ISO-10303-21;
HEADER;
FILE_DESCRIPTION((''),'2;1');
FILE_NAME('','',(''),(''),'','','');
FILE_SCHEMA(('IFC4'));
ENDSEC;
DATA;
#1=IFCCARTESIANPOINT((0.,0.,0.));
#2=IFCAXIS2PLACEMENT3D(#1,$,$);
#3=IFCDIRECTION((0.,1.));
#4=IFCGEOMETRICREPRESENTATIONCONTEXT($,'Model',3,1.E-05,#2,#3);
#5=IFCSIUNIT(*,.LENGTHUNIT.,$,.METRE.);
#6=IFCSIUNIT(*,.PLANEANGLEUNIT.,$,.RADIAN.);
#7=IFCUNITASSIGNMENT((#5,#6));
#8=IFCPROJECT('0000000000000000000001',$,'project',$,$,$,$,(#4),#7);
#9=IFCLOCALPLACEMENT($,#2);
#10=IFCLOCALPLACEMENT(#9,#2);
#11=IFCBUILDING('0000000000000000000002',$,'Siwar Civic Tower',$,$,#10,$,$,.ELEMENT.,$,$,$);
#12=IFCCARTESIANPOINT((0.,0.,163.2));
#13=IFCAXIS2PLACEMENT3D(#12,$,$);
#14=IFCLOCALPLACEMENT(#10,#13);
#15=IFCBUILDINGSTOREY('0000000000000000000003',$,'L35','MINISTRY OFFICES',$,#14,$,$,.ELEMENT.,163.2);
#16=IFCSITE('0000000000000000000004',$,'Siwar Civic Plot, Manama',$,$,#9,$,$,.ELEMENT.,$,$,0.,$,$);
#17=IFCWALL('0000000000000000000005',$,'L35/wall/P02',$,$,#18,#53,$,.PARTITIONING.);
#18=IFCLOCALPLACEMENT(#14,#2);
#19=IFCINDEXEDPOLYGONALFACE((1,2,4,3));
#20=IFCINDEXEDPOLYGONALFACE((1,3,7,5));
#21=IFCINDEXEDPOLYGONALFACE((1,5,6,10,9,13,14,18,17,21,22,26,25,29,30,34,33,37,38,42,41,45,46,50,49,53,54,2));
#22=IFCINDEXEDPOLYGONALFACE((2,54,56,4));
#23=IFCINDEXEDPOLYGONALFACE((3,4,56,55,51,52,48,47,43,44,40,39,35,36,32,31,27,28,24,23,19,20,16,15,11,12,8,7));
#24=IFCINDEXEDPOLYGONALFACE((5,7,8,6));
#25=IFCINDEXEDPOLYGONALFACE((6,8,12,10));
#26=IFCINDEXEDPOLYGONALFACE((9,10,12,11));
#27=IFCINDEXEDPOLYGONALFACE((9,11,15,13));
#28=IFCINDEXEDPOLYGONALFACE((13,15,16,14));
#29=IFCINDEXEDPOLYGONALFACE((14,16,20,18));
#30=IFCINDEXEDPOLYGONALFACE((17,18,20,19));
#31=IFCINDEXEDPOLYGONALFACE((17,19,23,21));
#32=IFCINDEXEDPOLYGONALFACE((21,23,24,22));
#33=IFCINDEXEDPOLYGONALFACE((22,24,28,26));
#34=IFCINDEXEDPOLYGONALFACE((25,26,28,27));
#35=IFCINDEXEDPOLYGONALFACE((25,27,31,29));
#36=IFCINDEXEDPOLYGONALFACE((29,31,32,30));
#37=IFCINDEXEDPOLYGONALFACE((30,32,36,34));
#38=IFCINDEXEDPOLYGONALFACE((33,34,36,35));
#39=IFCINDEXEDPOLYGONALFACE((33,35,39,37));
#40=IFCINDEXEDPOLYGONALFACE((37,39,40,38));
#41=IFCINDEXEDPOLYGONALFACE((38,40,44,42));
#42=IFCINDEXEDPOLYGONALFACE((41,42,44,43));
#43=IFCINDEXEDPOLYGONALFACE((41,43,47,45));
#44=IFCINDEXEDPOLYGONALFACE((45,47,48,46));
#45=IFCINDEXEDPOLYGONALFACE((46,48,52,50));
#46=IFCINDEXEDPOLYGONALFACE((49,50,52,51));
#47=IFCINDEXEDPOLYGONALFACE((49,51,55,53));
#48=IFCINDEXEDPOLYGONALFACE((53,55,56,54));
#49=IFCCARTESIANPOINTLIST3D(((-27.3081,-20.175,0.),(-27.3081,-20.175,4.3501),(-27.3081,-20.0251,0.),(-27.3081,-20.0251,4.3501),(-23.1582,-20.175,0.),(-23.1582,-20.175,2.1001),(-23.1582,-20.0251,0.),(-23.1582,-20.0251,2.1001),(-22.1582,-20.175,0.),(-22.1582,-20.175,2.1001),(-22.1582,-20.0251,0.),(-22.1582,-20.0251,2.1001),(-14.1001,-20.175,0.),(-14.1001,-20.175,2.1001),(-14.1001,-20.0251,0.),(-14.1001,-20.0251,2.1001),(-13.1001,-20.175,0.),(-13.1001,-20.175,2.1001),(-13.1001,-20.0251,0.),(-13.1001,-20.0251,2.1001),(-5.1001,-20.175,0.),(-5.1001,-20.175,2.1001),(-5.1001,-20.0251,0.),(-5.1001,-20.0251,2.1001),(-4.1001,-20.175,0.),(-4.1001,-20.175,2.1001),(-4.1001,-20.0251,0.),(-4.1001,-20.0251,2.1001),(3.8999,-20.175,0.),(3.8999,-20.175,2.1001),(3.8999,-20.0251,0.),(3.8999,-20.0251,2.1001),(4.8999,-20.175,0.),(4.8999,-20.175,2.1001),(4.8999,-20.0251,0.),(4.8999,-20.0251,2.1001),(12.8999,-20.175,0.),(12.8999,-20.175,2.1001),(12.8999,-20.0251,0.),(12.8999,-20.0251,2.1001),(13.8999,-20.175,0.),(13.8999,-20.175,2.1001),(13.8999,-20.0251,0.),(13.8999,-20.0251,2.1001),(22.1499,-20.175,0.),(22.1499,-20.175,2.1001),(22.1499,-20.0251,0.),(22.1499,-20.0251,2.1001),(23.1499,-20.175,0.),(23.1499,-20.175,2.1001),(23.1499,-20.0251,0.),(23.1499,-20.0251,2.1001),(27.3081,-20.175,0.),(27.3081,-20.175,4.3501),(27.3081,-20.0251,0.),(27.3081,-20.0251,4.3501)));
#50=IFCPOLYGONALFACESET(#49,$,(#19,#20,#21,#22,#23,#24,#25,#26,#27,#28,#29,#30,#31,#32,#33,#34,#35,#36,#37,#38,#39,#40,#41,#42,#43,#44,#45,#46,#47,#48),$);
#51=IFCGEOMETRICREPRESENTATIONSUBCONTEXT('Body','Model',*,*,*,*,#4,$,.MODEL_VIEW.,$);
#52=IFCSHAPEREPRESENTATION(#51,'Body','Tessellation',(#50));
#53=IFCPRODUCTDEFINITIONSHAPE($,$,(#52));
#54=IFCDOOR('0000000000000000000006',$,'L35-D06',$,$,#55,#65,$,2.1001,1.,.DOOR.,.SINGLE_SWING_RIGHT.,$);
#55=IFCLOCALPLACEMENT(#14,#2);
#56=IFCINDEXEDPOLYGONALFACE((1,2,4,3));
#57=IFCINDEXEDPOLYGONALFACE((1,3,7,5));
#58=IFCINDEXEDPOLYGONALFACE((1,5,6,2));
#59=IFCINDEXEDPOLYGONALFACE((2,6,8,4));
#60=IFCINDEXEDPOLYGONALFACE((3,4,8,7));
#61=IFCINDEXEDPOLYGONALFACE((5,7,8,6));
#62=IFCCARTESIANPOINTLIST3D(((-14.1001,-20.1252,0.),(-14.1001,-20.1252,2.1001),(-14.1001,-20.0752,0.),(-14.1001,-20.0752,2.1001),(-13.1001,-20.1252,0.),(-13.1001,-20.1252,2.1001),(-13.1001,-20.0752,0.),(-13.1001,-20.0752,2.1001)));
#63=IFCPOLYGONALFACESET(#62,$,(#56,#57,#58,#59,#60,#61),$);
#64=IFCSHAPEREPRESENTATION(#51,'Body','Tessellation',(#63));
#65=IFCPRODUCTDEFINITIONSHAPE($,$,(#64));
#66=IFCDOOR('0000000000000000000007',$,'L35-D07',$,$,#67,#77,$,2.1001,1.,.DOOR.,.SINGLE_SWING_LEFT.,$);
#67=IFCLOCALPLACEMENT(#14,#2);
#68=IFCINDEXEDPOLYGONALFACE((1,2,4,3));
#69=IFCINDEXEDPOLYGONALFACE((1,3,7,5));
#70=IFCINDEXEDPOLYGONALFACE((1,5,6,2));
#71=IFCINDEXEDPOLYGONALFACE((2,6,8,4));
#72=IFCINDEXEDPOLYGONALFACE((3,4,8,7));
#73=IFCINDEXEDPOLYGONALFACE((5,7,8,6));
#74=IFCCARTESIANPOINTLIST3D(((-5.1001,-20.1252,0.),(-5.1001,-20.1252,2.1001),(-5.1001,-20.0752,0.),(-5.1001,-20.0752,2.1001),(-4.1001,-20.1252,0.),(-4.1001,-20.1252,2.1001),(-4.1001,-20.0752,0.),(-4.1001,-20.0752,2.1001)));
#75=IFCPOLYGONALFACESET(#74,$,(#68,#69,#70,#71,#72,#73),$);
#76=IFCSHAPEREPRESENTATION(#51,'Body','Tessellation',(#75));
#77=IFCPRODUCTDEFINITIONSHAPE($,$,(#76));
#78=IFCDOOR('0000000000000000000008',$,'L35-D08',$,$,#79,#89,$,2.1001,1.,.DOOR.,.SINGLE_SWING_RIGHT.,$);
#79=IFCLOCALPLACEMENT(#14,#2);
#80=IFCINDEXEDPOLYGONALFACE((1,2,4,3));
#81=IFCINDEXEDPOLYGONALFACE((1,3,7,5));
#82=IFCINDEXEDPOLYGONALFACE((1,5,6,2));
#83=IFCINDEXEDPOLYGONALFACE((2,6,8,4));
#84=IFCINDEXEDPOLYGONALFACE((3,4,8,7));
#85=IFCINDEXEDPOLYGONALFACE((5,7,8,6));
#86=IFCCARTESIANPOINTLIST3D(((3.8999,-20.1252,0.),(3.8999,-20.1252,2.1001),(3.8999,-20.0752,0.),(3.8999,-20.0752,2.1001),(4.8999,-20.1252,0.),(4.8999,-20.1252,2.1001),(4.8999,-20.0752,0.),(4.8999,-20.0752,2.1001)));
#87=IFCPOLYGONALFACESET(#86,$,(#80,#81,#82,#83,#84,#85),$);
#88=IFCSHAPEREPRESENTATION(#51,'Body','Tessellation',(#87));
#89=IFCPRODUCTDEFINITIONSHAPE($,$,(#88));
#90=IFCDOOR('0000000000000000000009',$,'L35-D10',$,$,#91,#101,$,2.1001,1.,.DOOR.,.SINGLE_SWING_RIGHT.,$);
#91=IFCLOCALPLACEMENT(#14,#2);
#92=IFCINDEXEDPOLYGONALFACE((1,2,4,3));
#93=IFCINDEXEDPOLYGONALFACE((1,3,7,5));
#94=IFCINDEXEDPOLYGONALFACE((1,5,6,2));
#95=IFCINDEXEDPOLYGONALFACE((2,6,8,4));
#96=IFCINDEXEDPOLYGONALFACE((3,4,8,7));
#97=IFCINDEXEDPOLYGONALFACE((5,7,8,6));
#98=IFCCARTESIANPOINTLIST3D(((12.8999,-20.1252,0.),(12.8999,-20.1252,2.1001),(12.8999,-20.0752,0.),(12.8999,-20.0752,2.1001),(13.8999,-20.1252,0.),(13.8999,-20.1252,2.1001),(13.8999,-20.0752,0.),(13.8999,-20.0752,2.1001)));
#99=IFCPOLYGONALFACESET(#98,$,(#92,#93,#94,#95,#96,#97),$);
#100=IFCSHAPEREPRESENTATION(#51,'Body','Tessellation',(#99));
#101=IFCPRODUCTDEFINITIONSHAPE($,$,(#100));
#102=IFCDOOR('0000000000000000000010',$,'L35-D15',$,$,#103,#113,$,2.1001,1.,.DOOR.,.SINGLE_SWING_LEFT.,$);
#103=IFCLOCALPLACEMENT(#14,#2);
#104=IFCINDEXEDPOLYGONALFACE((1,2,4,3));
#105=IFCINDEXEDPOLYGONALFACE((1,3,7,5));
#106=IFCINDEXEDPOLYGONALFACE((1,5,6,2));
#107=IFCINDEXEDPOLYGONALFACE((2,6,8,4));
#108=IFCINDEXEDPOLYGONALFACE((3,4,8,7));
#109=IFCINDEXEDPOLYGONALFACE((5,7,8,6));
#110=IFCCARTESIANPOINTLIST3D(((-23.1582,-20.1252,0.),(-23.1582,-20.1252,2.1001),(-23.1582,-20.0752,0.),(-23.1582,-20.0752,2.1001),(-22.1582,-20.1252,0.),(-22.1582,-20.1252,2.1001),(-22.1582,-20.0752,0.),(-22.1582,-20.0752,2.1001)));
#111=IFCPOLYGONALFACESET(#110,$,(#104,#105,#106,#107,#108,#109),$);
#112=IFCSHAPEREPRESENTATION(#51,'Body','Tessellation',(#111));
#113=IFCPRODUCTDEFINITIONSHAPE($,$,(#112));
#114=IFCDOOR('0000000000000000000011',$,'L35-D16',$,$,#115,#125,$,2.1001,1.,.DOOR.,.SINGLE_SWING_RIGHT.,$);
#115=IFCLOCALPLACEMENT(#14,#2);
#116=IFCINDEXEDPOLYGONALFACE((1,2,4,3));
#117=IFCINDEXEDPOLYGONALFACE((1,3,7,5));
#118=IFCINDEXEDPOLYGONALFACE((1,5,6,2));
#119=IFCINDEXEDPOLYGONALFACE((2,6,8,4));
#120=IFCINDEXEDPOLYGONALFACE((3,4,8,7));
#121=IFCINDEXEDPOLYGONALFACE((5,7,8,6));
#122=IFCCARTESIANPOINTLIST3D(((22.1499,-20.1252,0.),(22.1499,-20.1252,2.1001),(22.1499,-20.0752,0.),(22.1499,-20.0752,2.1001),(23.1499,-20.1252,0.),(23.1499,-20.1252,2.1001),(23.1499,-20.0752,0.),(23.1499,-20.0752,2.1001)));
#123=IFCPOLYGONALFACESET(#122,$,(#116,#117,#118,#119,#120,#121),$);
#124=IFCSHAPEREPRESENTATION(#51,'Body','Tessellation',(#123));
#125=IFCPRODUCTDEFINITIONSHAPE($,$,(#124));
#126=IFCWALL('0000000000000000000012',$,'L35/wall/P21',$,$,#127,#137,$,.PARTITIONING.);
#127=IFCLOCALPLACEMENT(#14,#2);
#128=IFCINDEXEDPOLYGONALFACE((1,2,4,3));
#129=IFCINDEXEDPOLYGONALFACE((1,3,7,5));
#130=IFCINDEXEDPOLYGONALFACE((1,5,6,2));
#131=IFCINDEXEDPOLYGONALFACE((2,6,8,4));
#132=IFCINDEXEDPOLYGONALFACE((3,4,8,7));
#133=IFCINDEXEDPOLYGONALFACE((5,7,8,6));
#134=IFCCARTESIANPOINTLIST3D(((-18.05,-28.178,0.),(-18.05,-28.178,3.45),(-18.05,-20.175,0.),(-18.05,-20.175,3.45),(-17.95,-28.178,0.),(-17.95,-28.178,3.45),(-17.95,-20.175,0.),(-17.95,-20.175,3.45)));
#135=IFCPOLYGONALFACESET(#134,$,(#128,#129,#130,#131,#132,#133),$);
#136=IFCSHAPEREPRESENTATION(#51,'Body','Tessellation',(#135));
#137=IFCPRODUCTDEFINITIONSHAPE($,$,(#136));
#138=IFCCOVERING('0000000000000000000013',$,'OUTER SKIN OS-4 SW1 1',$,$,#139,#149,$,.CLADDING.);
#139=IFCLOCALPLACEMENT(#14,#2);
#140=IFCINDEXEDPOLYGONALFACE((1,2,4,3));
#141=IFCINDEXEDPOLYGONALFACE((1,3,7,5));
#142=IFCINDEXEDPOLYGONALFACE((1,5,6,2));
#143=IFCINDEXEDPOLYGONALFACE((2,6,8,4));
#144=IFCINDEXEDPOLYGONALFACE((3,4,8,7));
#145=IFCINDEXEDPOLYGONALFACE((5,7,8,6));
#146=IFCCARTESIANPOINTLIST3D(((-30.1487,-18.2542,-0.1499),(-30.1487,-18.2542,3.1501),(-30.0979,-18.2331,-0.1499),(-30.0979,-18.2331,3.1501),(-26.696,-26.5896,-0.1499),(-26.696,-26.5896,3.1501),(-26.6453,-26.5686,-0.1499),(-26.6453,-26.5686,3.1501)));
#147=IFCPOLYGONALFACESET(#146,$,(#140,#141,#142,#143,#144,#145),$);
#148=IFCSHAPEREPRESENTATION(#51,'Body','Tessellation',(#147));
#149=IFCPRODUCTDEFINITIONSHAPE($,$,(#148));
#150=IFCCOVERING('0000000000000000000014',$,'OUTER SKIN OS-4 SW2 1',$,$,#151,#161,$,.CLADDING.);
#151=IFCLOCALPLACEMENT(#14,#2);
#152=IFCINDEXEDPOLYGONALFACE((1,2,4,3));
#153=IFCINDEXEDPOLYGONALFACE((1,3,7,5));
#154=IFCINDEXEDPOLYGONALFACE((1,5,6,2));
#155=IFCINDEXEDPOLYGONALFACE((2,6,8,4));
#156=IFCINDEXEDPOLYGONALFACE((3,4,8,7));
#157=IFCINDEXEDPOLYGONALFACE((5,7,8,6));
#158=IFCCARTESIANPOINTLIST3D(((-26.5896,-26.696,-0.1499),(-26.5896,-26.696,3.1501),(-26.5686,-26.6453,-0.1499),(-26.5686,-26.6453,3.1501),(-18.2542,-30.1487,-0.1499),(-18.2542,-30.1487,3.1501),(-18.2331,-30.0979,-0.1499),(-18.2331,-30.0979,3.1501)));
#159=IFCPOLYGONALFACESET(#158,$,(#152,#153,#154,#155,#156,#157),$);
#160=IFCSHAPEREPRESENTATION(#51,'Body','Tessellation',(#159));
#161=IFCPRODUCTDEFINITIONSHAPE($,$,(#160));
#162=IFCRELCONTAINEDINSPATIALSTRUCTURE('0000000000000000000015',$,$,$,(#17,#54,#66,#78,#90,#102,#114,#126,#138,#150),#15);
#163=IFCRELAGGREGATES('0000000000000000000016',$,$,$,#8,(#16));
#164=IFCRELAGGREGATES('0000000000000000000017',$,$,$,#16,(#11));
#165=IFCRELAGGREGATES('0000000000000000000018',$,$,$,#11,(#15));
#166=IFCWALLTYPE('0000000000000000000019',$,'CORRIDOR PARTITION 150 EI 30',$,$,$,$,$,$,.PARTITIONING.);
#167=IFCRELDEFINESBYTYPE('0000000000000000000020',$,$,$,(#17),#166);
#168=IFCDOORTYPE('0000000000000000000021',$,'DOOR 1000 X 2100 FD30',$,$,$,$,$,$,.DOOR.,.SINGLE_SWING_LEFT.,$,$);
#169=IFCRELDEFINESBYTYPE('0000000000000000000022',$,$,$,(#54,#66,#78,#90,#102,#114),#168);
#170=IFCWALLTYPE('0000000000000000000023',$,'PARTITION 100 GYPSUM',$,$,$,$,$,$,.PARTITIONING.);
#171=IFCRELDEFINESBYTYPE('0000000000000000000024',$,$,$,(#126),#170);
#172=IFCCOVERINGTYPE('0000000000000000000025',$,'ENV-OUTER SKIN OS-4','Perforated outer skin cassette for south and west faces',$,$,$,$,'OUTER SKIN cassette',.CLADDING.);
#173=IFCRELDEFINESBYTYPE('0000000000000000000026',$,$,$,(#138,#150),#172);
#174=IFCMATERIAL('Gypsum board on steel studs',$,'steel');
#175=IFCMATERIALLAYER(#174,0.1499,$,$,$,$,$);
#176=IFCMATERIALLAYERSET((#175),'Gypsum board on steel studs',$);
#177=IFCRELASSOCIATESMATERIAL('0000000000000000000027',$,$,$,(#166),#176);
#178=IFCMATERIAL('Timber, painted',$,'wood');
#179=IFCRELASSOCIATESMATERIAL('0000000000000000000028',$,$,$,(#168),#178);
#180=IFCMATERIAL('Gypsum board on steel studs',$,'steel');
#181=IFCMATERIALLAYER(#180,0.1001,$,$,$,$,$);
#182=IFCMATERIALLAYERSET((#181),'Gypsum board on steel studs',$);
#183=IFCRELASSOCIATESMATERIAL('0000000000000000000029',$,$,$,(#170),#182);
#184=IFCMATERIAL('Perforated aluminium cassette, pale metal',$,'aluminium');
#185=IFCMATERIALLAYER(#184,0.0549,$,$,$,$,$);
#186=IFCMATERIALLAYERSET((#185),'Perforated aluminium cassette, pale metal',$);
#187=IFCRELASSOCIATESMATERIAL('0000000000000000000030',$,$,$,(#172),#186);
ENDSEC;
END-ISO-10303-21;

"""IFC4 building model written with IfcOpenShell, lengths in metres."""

from ifc_helpers import new_model, si_unit, direction, frame, frame_2d, origin, origin_2d, place, context, subcontext, project, spatial, rectangle, extrude, material, layer, layer_set, type_object, element, fill, save


model = new_model("IFC4")

# Units and contexts
model_context = context("Model", 3, precision=1e-05, world=origin(), true_north=direction((0.0, 1.0)))
body_context = subcontext(model_context, "Body", "Model", "MODEL_VIEW")
ifc_project = project(units=[si_unit("LENGTHUNIT", "METRE"), si_unit("PLANEANGLEUNIT", "RADIAN")], contexts=[model_context])

# Site, building, storey
site_placement = place(None, origin())
site = spatial("IfcSite", under=ifc_project, at=site_placement, Name="Siwar Civic Plot, Manama", CompositionType="ELEMENT", RefElevation=0.0)
building_placement = place(site_placement, origin())
building = spatial("IfcBuilding", under=site, at=building_placement, Name="Siwar Civic Tower", CompositionType="ELEMENT")
storey_placement = place(building_placement, frame((0.0, 0.0, 163.2)))
storey = spatial("IfcBuildingStorey", under=building, at=storey_placement, Name="L35", Description="MINISTRY OFFICES", CompositionType="ELEMENT", Elevation=163.2)

# Wall, openings, doors
ifc_material_1 = material(Name="Gypsum board on steel studs", Category="steel")
ifc_layer_1 = layer(ifc_material_1, 0.1499)
ifc_layer_set_1 = layer_set([ifc_layer_1], Name="Gypsum board on steel studs")
wall_type_1 = type_object("IfcWallType", Name="CORRIDOR PARTITION 150 EI 30", PredefinedType="PARTITIONING", material=ifc_layer_set_1)
wall_1_placement = place(storey_placement, frame((-27.3081, -20.1001, 0.0), z_axis=(0.0, 0.0, 1.0), x_axis=(1.0, 0.0, 0.0)))
wall_1 = element("IfcWall", 1, at=wall_1_placement, inside=storey, type_object=wall_type_1, Name="L35/wall/P02", PredefinedType="PARTITIONING", context=body_context, shape_type="SweptSolid", body=[
    extrude(rectangle(XDim=54.6162, YDim=0.1499, at=frame_2d((27.3081, 0.0))), origin(), (0.0, 0.0, 1.0), 4.3501),
])
opening_1_placement = place(wall_1_placement, frame((13.208, 0.0, 0.0)))
opening_1 = element("IfcOpeningElement", 2, at=opening_1_placement, cuts=wall_1, PredefinedType="OPENING", context=body_context, shape_type="SweptSolid", body=[
    extrude(rectangle(XDim=1.0, YDim=2.1001, at=frame_2d((0.5, 1.05))), frame((0.0, 0.085, 0.0), z_axis=(0.0, -1.0, 0.0), x_axis=(1.0, 0.0, 0.0)), (0.0, 0.0, 1.0), 0.1699),
])
opening_2_placement = place(wall_1_placement, frame((22.208, 0.0, 0.0)))
opening_2 = element("IfcOpeningElement", 3, at=opening_2_placement, cuts=wall_1, PredefinedType="OPENING", context=body_context, shape_type="SweptSolid", body=[
    extrude(rectangle(XDim=1.0, YDim=2.1001, at=frame_2d((0.5, 1.05))), frame((0.0, 0.085, 0.0), z_axis=(0.0, -1.0, 0.0), x_axis=(1.0, 0.0, 0.0)), (0.0, 0.0, 1.0), 0.1699),
])
opening_3_placement = place(wall_1_placement, frame((31.208, 0.0, 0.0)))
opening_3 = element("IfcOpeningElement", 4, at=opening_3_placement, cuts=wall_1, PredefinedType="OPENING", context=body_context, shape_type="SweptSolid", body=[
    extrude(rectangle(XDim=1.0, YDim=2.1001, at=frame_2d((0.5, 1.05))), frame((0.0, 0.085, 0.0), z_axis=(0.0, -1.0, 0.0), x_axis=(1.0, 0.0, 0.0)), (0.0, 0.0, 1.0), 0.1699),
])
opening_4_placement = place(wall_1_placement, frame((40.208, 0.0, 0.0)))
opening_4 = element("IfcOpeningElement", 5, at=opening_4_placement, cuts=wall_1, PredefinedType="OPENING", context=body_context, shape_type="SweptSolid", body=[
    extrude(rectangle(XDim=1.0, YDim=2.1001, at=frame_2d((0.5, 1.05))), frame((0.0, 0.085, 0.0), z_axis=(0.0, -1.0, 0.0), x_axis=(1.0, 0.0, 0.0)), (0.0, 0.0, 1.0), 0.1699),
])
opening_5_placement = place(wall_1_placement, frame((4.1499, 0.0, 0.0)))
opening_5 = element("IfcOpeningElement", 6, at=opening_5_placement, cuts=wall_1, PredefinedType="OPENING", context=body_context, shape_type="SweptSolid", body=[
    extrude(rectangle(XDim=1.0, YDim=2.1001, at=frame_2d((0.5, 1.05))), frame((0.0, 0.085, 0.0), z_axis=(0.0, -1.0, 0.0), x_axis=(1.0, 0.0, 0.0)), (0.0, 0.0, 1.0), 0.1699),
])
opening_6_placement = place(wall_1_placement, frame((49.458, 0.0, 0.0)))
opening_6 = element("IfcOpeningElement", 7, at=opening_6_placement, cuts=wall_1, PredefinedType="OPENING", context=body_context, shape_type="SweptSolid", body=[
    extrude(rectangle(XDim=1.0, YDim=2.1001, at=frame_2d((0.5, 1.05))), frame((0.0, 0.085, 0.0), z_axis=(0.0, -1.0, 0.0), x_axis=(1.0, 0.0, 0.0)), (0.0, 0.0, 1.0), 0.1699),
])
ifc_material_2 = material(Name="Timber, painted", Category="wood")
door_type = type_object("IfcDoorType", Name="DOOR 1000 X 2100 FD30", OperationType="SINGLE_SWING_LEFT", PredefinedType="DOOR", material=ifc_material_2)
door_1_placement = place(opening_1_placement, origin())
door_1 = element("IfcDoor", 8, at=door_1_placement, inside=storey, type_object=door_type, Name="L35-D06", OperationType="SINGLE_SWING_RIGHT", OverallHeight=2.1001, OverallWidth=1.0, PredefinedType="DOOR", context=body_context, shape_type="SweptSolid", body=[
    extrude(rectangle(XDim=1.0, YDim=2.1001, at=frame_2d((0.5, 1.05))), frame((0.0, 0.0249, 0.0), z_axis=(0.0, -1.0, 0.0), x_axis=(1.0, 0.0, 0.0)), (0.0, 0.0, 1.0), 0.05),
])
fill(opening_1, door_1)
door_2_placement = place(opening_2_placement, origin())
door_2 = element("IfcDoor", 9, at=door_2_placement, inside=storey, type_object=door_type, Name="L35-D07", OperationType="SINGLE_SWING_LEFT", OverallHeight=2.1001, OverallWidth=1.0, PredefinedType="DOOR", context=body_context, shape_type="SweptSolid", body=[
    extrude(rectangle(XDim=1.0, YDim=2.1001, at=frame_2d((0.5, 1.05))), frame((0.0, 0.0249, 0.0), z_axis=(0.0, -1.0, 0.0), x_axis=(1.0, 0.0, 0.0)), (0.0, 0.0, 1.0), 0.05),
])
fill(opening_2, door_2)
door_3_placement = place(opening_3_placement, origin())
door_3 = element("IfcDoor", 10, at=door_3_placement, inside=storey, type_object=door_type, Name="L35-D08", OperationType="SINGLE_SWING_RIGHT", OverallHeight=2.1001, OverallWidth=1.0, PredefinedType="DOOR", context=body_context, shape_type="SweptSolid", body=[
    extrude(rectangle(XDim=1.0, YDim=2.1001, at=frame_2d((0.5, 1.05))), frame((0.0, 0.0249, 0.0), z_axis=(0.0, -1.0, 0.0), x_axis=(1.0, 0.0, 0.0)), (0.0, 0.0, 1.0), 0.05),
])
fill(opening_3, door_3)
door_4_placement = place(opening_4_placement, origin())
door_4 = element("IfcDoor", 11, at=door_4_placement, inside=storey, type_object=door_type, Name="L35-D10", OperationType="SINGLE_SWING_RIGHT", OverallHeight=2.1001, OverallWidth=1.0, PredefinedType="DOOR", context=body_context, shape_type="SweptSolid", body=[
    extrude(rectangle(XDim=1.0, YDim=2.1001, at=frame_2d((0.5, 1.05))), frame((0.0, 0.0249, 0.0), z_axis=(0.0, -1.0, 0.0), x_axis=(1.0, 0.0, 0.0)), (0.0, 0.0, 1.0), 0.05),
])
fill(opening_4, door_4)
door_5_placement = place(opening_5_placement, origin())
door_5 = element("IfcDoor", 12, at=door_5_placement, inside=storey, type_object=door_type, Name="L35-D15", OperationType="SINGLE_SWING_LEFT", OverallHeight=2.1001, OverallWidth=1.0, PredefinedType="DOOR", context=body_context, shape_type="SweptSolid", body=[
    extrude(rectangle(XDim=1.0, YDim=2.1001, at=frame_2d((0.5, 1.05))), frame((0.0, 0.0249, 0.0), z_axis=(0.0, -1.0, 0.0), x_axis=(1.0, 0.0, 0.0)), (0.0, 0.0, 1.0), 0.05),
])
fill(opening_5, door_5)
door_6_placement = place(opening_6_placement, origin())
door_6 = element("IfcDoor", 13, at=door_6_placement, inside=storey, type_object=door_type, Name="L35-D16", OperationType="SINGLE_SWING_RIGHT", OverallHeight=2.1001, OverallWidth=1.0, PredefinedType="DOOR", context=body_context, shape_type="SweptSolid", body=[
    extrude(rectangle(XDim=1.0, YDim=2.1001, at=frame_2d((0.5, 1.05))), frame((0.0, 0.0249, 0.0), z_axis=(0.0, -1.0, 0.0), x_axis=(1.0, 0.0, 0.0)), (0.0, 0.0, 1.0), 0.05),
])
fill(opening_6, door_6)

# Wall
ifc_material_3 = material(Name="Gypsum board on steel studs", Category="steel")
ifc_layer_2 = layer(ifc_material_3, 0.1001)
ifc_layer_set_2 = layer_set([ifc_layer_2], Name="Gypsum board on steel studs")
wall_type_2 = type_object("IfcWallType", Name="PARTITION 100 GYPSUM", PredefinedType="PARTITIONING", material=ifc_layer_set_2)
wall_2_placement = place(storey_placement, frame((-18.0, -28.178, 0.0), z_axis=(0.0, 0.0, 1.0), x_axis=(0.0, 1.0, 0.0)))
element("IfcWall", 14, at=wall_2_placement, inside=storey, type_object=wall_type_2, Name="L35/wall/P21", PredefinedType="PARTITIONING", context=body_context, shape_type="SweptSolid", body=[
    extrude(rectangle(XDim=8.0029, YDim=0.1001, at=frame_2d((4.0015, 0.0))), origin(), (0.0, 0.0, 1.0), 3.45),
])

# Coverings
ifc_material_4 = material(Name="Perforated aluminium cassette, pale metal", Category="aluminium")
ifc_layer_3 = layer(ifc_material_4, 0.0549)
ifc_layer_set_3 = layer_set([ifc_layer_3], Name="Perforated aluminium cassette, pale metal")
covering_type = type_object("IfcCoveringType", Name="ENV-OUTER SKIN OS-4", Description="Perforated outer skin cassette for south and west faces", ElementType="OUTER SKIN cassette", PredefinedType="CLADDING", material=ifc_layer_set_3)
for number, where, z_axis, x_axis, name in (
    (15, (-28.397, -22.4114, -0.1499), (0.0, 0.0, 1.0), (0.382683, -0.92388, 0.0), "OUTER SKIN OS-4 SW1 1"),
    (16, (-22.4114, -28.397, -0.1499), (0.0, 0.0, 1.0), (0.92388, -0.382683, 0.0), "OUTER SKIN OS-4 SW2 1"),
):
    element("IfcCovering", number, at=place(storey_placement, frame(where, z_axis=z_axis, x_axis=x_axis)), inside=storey, type_object=covering_type, Name=name, PredefinedType="CLADDING", context=body_context, shape_type="SweptSolid", body=[
        extrude(rectangle(XDim=9.0222, YDim=0.0549, at=origin_2d()), origin(), (0.0, 0.0, 1.0), 3.3),
    ])

save(model, "model.ifc")
